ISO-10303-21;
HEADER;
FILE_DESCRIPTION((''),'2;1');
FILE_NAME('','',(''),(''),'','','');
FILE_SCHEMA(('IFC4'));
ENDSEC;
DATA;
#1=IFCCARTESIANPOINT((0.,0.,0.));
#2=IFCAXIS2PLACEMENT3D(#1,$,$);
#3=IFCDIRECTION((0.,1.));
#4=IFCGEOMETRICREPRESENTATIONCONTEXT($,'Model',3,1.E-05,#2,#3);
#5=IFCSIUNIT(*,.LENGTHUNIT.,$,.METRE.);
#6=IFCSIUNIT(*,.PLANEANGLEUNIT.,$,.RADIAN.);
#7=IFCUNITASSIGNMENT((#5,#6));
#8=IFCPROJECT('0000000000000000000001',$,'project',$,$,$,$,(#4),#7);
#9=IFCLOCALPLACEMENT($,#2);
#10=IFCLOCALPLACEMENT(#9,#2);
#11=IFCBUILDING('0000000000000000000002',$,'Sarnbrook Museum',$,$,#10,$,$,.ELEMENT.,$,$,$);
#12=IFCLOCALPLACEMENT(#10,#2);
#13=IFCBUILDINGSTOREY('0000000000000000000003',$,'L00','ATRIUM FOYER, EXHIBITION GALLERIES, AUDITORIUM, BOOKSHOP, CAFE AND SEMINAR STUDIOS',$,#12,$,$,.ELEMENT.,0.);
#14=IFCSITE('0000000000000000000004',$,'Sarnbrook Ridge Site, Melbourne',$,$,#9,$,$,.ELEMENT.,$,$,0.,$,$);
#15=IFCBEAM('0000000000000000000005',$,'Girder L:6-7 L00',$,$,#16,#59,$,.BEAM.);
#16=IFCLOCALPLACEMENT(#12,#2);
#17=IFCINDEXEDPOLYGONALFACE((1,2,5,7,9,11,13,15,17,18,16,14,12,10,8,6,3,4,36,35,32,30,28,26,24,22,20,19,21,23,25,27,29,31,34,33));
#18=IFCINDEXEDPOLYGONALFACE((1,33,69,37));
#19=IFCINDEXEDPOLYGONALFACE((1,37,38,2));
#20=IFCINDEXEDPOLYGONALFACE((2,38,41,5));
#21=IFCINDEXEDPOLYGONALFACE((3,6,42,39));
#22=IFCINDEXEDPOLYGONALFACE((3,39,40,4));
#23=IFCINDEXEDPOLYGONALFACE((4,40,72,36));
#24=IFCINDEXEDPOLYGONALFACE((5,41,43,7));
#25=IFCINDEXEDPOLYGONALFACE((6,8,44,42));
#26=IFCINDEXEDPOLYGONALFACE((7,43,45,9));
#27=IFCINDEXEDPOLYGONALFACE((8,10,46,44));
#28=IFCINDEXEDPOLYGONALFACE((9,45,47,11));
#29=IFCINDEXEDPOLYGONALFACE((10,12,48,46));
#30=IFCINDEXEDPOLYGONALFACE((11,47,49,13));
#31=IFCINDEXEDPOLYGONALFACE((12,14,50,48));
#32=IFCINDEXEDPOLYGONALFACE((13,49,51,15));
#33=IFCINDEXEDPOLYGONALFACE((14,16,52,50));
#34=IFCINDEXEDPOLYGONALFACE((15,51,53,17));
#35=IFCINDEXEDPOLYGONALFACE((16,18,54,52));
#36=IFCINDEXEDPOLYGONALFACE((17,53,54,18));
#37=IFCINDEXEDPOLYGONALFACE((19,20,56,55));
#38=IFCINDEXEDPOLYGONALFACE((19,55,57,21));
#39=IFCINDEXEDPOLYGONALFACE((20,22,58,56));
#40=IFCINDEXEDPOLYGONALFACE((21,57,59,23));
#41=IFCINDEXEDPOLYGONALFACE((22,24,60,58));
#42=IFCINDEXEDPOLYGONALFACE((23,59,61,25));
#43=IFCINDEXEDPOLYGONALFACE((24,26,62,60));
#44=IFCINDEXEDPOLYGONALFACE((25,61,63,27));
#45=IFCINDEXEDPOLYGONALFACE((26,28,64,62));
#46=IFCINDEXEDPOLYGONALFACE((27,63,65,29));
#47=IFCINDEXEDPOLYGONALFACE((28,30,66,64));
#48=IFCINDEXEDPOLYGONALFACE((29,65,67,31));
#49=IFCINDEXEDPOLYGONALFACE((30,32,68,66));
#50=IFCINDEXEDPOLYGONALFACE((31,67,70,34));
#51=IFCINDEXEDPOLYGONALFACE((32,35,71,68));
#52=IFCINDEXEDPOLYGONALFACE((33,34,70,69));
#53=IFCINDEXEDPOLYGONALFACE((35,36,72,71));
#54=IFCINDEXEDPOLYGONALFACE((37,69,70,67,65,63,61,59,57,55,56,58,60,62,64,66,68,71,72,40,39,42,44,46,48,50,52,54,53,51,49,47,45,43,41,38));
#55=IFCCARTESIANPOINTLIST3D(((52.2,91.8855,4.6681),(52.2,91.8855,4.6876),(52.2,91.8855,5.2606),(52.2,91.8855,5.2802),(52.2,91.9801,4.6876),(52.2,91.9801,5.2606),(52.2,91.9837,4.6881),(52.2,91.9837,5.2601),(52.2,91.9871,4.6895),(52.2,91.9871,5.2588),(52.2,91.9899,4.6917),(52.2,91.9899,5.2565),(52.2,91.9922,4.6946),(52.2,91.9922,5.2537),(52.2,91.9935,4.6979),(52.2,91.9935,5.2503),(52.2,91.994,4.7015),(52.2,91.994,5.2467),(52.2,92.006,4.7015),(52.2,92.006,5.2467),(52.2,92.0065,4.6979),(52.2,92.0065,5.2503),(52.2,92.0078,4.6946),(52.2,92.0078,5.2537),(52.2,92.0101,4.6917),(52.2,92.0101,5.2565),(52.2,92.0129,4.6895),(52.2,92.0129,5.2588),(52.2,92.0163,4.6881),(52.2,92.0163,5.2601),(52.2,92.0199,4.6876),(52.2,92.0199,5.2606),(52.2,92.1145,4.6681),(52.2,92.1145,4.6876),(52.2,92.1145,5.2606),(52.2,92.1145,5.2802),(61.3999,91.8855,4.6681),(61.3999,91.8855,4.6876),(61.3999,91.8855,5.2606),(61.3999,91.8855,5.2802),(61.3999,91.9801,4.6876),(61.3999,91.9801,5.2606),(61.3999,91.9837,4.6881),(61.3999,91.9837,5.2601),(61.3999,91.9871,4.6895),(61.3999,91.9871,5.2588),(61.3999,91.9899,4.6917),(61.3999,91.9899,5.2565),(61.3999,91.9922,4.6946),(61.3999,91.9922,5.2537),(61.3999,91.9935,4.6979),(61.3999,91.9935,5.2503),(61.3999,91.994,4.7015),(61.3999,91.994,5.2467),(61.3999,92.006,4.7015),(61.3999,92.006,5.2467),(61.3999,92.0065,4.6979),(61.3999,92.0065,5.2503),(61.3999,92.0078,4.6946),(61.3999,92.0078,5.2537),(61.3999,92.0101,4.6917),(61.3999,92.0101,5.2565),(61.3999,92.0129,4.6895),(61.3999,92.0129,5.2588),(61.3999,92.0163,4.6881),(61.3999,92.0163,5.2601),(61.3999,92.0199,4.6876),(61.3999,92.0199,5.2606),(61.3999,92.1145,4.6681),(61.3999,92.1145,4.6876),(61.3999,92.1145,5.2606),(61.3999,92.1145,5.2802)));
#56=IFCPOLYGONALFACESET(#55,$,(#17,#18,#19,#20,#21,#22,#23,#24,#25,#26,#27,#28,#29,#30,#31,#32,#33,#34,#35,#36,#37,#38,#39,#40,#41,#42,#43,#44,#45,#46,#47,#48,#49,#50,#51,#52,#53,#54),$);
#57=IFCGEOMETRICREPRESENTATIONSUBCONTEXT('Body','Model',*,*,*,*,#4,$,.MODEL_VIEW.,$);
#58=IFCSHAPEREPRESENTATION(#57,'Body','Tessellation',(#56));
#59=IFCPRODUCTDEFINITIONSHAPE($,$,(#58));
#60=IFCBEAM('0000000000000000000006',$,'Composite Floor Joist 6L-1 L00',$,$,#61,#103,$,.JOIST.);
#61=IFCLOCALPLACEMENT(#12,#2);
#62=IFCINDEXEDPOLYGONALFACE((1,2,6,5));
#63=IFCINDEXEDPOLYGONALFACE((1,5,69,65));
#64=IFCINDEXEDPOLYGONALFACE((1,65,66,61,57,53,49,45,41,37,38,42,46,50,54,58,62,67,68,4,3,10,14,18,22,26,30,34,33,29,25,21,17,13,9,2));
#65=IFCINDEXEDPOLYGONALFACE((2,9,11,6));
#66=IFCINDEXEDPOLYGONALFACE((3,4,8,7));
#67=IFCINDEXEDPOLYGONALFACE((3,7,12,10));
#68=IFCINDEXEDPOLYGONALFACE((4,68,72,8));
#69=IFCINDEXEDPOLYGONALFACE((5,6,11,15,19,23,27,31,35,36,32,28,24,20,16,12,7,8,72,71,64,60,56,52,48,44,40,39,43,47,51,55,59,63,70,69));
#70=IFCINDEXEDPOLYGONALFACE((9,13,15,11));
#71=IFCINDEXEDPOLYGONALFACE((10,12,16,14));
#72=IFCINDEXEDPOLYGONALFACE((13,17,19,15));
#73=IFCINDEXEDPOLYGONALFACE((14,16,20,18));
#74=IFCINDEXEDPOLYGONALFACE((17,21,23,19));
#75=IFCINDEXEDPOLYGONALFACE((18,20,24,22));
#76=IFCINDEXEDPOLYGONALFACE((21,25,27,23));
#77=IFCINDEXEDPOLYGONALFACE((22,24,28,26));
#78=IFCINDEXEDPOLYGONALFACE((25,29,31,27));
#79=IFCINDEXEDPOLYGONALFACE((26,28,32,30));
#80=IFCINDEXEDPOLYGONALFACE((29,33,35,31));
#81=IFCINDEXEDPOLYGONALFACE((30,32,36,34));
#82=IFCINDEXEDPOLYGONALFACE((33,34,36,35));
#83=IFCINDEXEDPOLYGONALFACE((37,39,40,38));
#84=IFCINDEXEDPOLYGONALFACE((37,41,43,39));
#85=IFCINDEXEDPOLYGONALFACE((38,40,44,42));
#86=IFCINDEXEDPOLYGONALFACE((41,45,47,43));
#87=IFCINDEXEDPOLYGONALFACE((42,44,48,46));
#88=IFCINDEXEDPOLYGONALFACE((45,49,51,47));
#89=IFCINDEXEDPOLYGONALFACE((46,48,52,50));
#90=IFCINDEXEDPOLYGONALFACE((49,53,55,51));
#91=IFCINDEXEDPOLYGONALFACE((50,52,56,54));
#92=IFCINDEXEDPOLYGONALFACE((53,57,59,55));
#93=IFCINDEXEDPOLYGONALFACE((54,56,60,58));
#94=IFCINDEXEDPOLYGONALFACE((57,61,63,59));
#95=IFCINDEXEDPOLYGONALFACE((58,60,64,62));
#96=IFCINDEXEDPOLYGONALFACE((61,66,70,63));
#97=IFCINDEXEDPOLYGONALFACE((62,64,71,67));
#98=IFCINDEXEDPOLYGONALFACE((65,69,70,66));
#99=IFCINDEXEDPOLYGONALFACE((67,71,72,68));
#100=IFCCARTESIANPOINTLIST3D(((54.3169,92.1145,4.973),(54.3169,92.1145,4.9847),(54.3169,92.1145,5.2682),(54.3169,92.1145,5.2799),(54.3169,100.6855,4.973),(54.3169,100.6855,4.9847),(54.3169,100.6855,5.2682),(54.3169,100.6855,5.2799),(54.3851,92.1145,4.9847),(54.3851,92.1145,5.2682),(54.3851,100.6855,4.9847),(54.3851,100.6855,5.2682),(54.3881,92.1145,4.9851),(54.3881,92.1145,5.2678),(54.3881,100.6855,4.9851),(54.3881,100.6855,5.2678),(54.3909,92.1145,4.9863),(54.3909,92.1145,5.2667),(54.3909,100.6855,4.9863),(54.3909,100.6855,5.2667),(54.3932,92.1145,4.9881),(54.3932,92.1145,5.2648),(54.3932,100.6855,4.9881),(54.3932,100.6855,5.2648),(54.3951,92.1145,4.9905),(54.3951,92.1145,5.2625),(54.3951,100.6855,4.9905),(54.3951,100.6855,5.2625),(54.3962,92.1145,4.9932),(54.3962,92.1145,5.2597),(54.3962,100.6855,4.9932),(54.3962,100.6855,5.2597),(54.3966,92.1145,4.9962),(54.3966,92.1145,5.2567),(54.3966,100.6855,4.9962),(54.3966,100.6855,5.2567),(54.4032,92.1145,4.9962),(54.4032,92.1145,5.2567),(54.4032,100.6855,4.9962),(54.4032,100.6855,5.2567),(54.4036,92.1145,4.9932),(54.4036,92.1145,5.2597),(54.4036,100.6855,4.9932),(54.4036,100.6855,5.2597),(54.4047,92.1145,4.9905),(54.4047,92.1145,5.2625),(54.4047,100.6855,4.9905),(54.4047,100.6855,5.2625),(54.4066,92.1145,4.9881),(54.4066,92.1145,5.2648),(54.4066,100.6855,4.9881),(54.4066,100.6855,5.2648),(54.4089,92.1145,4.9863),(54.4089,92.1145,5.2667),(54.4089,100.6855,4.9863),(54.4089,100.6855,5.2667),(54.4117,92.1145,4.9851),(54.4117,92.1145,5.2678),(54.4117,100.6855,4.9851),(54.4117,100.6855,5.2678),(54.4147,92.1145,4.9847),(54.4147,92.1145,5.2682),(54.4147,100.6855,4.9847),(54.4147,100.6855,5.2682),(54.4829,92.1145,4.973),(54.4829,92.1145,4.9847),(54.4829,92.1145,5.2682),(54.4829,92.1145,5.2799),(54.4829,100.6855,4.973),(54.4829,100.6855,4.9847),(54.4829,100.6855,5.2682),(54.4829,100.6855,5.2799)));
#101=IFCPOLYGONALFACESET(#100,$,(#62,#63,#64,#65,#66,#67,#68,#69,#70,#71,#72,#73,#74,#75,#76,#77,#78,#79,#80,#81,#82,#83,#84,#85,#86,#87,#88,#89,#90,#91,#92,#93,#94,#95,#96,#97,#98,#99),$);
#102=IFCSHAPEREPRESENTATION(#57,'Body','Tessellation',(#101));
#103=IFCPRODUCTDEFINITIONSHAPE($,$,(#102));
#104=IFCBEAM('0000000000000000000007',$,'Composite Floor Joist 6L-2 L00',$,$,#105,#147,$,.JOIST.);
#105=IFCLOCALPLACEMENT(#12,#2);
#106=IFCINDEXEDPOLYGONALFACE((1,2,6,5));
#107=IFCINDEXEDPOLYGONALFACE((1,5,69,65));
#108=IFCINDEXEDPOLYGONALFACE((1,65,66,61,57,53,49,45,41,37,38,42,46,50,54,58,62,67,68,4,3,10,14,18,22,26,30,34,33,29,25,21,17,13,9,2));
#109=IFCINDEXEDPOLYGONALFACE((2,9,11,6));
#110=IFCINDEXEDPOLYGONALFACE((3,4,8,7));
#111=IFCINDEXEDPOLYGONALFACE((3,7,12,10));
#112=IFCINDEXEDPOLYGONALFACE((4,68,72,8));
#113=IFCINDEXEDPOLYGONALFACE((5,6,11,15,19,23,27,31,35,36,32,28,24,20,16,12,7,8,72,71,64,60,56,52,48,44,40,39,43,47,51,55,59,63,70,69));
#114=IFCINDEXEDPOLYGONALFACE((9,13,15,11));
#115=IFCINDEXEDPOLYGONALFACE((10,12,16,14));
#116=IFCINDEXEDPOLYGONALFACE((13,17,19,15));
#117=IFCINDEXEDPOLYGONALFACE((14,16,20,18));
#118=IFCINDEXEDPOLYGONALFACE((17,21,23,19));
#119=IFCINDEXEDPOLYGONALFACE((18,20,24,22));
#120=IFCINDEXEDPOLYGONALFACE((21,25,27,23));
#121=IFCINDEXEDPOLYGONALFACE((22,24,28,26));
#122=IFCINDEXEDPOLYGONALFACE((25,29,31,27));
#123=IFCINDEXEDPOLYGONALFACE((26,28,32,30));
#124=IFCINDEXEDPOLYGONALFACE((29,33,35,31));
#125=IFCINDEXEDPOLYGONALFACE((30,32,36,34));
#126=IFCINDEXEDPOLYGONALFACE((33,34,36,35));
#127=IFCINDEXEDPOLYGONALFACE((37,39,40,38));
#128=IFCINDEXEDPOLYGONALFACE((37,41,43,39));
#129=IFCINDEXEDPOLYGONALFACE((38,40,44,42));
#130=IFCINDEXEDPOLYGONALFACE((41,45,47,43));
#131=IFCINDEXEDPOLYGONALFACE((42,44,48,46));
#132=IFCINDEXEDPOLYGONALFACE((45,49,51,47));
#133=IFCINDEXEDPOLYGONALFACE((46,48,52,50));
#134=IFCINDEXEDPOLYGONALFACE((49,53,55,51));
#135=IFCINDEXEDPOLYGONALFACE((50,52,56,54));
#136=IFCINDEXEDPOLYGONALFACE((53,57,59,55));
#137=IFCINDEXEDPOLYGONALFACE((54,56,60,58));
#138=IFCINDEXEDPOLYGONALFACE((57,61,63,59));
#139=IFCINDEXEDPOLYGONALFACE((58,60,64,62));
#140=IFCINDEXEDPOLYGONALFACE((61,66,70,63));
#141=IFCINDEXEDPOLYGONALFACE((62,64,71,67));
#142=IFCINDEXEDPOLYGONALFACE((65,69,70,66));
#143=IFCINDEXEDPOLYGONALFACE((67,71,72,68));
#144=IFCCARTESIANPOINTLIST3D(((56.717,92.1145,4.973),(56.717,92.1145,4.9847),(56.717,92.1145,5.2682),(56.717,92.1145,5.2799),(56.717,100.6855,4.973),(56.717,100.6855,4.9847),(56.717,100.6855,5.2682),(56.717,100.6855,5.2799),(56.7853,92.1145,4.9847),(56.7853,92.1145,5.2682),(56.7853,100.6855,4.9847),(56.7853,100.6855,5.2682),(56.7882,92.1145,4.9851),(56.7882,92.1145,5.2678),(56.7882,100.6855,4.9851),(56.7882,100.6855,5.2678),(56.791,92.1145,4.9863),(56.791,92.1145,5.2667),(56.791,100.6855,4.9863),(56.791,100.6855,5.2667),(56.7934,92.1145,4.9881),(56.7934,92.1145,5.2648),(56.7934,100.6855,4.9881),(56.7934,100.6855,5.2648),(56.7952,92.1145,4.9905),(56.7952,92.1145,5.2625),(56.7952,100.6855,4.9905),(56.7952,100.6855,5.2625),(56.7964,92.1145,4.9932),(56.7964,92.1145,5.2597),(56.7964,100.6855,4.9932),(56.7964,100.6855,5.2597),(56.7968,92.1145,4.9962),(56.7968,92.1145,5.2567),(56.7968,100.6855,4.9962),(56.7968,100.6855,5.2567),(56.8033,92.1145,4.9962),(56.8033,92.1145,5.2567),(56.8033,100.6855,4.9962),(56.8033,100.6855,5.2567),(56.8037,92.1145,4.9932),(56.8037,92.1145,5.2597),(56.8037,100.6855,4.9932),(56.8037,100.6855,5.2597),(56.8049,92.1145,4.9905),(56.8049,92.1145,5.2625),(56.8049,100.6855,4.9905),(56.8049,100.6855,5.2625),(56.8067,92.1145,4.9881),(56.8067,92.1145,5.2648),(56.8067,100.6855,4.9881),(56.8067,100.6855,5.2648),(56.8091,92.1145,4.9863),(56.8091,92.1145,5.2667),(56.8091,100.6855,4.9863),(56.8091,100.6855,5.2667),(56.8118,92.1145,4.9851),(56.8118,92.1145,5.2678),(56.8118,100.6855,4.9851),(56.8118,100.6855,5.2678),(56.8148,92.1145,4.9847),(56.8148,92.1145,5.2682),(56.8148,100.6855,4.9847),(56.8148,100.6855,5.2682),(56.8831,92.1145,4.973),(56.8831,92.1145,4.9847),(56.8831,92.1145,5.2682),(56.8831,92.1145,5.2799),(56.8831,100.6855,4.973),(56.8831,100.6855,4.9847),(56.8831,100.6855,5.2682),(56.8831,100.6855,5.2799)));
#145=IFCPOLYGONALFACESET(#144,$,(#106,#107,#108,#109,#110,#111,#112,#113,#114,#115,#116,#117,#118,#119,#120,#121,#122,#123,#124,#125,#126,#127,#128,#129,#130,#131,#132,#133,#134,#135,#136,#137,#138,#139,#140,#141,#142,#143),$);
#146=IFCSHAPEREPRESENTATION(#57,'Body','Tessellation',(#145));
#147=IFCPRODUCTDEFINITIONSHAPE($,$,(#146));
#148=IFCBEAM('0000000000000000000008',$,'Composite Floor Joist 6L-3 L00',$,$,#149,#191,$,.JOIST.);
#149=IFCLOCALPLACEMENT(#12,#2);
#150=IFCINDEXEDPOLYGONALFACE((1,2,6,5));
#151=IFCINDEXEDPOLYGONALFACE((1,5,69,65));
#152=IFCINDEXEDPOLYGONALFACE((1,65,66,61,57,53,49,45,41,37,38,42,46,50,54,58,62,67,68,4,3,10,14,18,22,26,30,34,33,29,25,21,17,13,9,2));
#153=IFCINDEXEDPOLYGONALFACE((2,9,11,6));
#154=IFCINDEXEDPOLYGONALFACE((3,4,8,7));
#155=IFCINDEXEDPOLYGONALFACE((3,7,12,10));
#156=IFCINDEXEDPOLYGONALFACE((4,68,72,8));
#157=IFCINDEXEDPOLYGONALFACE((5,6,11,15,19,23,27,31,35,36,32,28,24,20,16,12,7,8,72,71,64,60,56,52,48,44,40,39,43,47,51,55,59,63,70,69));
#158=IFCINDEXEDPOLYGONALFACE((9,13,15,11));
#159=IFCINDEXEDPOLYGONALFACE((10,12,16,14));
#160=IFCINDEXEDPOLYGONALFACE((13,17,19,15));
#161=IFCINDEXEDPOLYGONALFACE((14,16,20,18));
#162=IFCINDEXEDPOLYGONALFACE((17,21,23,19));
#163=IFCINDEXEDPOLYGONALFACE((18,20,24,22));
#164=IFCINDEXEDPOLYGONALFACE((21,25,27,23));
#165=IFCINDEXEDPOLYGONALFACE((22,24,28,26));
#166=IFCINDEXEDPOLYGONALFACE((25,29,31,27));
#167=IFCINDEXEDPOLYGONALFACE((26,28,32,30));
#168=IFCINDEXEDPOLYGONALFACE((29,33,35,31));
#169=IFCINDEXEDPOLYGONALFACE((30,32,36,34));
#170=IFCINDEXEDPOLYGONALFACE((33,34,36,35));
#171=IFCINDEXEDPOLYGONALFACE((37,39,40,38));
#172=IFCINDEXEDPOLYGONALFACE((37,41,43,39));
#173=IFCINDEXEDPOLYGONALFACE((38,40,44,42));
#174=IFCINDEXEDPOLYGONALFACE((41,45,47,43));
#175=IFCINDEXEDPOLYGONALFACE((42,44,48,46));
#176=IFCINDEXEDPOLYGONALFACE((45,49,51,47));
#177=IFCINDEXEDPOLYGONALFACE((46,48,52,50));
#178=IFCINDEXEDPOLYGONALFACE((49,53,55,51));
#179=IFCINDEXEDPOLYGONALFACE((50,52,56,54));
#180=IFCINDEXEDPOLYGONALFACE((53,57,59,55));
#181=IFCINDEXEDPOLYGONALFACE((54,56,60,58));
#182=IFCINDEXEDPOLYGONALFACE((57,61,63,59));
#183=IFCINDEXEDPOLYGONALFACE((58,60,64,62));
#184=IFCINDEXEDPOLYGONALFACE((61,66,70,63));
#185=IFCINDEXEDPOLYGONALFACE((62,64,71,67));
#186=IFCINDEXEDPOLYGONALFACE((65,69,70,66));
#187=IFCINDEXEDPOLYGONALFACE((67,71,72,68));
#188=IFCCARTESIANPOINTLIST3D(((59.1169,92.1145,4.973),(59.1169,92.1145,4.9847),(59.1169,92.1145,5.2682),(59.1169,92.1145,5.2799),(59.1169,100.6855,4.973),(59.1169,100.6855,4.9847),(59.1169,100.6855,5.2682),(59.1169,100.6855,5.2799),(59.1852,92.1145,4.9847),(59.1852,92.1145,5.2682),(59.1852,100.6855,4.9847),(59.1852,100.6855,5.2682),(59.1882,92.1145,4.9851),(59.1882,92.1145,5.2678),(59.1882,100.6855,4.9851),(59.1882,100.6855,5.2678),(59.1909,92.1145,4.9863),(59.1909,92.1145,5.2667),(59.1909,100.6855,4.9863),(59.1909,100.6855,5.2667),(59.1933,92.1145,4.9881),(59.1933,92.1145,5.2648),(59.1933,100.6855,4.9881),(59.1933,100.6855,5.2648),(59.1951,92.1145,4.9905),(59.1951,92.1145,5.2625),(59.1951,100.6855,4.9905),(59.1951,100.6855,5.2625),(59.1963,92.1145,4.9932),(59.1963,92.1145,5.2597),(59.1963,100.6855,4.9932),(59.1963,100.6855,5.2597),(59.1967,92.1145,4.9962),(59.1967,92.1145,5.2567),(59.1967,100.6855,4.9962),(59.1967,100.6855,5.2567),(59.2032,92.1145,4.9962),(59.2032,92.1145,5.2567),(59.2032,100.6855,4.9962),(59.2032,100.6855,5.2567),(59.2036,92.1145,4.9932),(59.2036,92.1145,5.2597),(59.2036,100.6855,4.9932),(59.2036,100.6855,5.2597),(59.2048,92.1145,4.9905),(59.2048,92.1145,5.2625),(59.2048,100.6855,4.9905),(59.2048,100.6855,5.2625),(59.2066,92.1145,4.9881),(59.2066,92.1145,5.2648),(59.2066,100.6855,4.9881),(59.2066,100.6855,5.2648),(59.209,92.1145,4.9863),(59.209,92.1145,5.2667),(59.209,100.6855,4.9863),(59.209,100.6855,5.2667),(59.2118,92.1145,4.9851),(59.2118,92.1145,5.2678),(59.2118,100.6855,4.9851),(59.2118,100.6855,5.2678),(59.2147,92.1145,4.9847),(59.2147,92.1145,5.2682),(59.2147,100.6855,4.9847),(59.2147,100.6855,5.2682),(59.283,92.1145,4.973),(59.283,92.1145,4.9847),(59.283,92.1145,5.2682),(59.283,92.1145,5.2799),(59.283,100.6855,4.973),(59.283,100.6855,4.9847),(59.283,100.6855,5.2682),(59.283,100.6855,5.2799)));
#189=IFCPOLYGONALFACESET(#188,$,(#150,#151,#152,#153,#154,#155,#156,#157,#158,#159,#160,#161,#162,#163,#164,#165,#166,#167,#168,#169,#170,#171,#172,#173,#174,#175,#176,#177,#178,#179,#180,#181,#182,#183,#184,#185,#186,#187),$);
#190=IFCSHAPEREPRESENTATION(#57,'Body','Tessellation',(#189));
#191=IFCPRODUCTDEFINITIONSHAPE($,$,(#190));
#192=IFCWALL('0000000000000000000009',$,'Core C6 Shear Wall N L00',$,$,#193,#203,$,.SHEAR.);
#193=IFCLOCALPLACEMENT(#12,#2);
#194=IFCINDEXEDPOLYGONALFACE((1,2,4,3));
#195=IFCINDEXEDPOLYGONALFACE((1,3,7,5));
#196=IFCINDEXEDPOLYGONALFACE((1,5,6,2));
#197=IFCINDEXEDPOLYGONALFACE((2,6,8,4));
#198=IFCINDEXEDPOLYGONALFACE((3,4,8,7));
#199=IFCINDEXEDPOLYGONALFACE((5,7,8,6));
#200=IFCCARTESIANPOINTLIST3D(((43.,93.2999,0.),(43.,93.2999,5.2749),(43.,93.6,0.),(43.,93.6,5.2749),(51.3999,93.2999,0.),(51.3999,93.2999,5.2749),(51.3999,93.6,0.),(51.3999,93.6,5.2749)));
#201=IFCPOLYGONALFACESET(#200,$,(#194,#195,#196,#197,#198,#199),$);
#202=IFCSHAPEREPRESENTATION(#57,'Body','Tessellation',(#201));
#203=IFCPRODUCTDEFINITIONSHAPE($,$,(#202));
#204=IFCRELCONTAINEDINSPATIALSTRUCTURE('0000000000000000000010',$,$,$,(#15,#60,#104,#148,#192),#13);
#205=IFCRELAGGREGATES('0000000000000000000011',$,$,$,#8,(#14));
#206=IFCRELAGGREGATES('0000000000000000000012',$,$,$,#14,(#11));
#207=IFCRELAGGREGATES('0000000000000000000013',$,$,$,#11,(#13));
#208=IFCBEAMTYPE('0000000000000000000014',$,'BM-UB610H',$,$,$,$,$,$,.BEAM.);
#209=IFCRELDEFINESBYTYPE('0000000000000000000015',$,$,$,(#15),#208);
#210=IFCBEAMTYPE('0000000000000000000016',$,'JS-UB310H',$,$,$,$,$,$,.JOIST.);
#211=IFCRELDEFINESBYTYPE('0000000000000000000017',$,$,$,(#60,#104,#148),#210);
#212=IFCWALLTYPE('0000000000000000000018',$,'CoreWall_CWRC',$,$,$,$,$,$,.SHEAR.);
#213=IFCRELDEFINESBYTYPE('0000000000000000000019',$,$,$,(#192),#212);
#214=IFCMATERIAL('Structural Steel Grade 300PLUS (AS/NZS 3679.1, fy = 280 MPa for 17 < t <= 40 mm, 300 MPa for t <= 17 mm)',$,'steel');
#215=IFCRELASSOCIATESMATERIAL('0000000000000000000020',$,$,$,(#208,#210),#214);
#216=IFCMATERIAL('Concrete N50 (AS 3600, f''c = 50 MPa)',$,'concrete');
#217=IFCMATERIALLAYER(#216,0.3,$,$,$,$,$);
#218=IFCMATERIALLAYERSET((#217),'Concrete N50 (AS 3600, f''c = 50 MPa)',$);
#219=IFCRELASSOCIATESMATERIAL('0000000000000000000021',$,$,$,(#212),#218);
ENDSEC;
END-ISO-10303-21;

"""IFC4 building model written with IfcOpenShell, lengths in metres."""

from ifc_helpers import new_model, si_unit, direction, frame, frame_2d, origin, origin_2d, place, context, subcontext, project, spatial, rectangle, i_section, extrude, material, layer, layer_set, material_profile, profile_set, type_object, element, save


model = new_model("IFC4")

# Units and contexts
model_context = context("Model", 3, precision=1e-05, world=origin(), true_north=direction((0.0, 1.0)))
body_context = subcontext(model_context, "Body", "Model", "MODEL_VIEW")
ifc_project = project(units=[si_unit("LENGTHUNIT", "METRE"), si_unit("PLANEANGLEUNIT", "RADIAN")], contexts=[model_context])

# Site, building, storey
site_placement = place(None, origin())
site = spatial("IfcSite", under=ifc_project, at=site_placement, Name="Sarnbrook Ridge Site, Melbourne", CompositionType="ELEMENT", RefElevation=0.0)
building_placement = place(site_placement, origin())
building = spatial("IfcBuilding", under=site, at=building_placement, Name="Sarnbrook Museum", CompositionType="ELEMENT")
storey_placement = place(building_placement, origin())
storey = spatial("IfcBuildingStorey", under=building, at=storey_placement, Name="L00", Description="ATRIUM FOYER, EXHIBITION GALLERIES, AUDITORIUM, BOOKSHOP, CAFE AND SEMINAR STUDIOS", CompositionType="ELEMENT", Elevation=0.0)

# Beams
ifc_material_1 = material(Name="Structural Steel Grade 300PLUS (AS/NZS 3679.1, fy = 280 MPa for 17 < t <= 40 mm, 300 MPa for t <= 17 mm)", Category="steel")
ifc_material_profile_1 = material_profile(ifc_material_1, i_section(OverallWidth=0.229, OverallDepth=0.6121, WebThickness=0.012, FlangeThickness=0.0195, FilletRadius=0.0139, at=origin_2d()), Name="610UB125")
ifc_profile_set_1 = profile_set([ifc_material_profile_1], Name="Structural Steel Grade 300PLUS (AS/NZS 3679.1, fy = 280 MPa for 17 < t <= 40 mm, 300 MPa for t <= 17 mm)")
beam_type_1 = type_object("IfcBeamType", Name="BM-UB610H", PredefinedType="BEAM", material=ifc_profile_set_1)
beam_placement = place(storey_placement, frame((52.2, 92.0, 4.9741), z_axis=(1.0, 0.0, 0.0), x_axis=(0.0, 1.0, 0.0)))
element("IfcBeam", 1, at=beam_placement, inside=storey, type_object=beam_type_1, Name="Girder L:6-7 L00", PredefinedType="BEAM", context=body_context, shape_type="SweptSolid", body=[
    extrude(i_section(OverallWidth=0.229, OverallDepth=0.6121, WebThickness=0.012, FlangeThickness=0.0195, FilletRadius=0.0139, at=origin_2d()), origin(), (0.0, 0.0, 1.0), 9.2),
])
ifc_material_profile_2 = material_profile(ifc_material_1, i_section(OverallWidth=0.166, OverallDepth=0.3069, WebThickness=0.0066, FlangeThickness=0.0117, FilletRadius=0.0115, at=origin_2d()), Name="310UB46.2")
ifc_profile_set_2 = profile_set([ifc_material_profile_2], Name="Structural Steel Grade 300PLUS (AS/NZS 3679.1, fy = 280 MPa for 17 < t <= 40 mm, 300 MPa for t <= 17 mm)")
beam_type_2 = type_object("IfcBeamType", Name="JS-UB310H", PredefinedType="JOIST", material=ifc_profile_set_2)
for number, where, z_axis, x_axis, name in (
    (2, (54.3999, 92.1145, 5.1265), (0.0, 1.0, 0.0), (-1.0, 0.0, 0.0), "Composite Floor Joist 6L-1 L00"),
    (3, (56.8, 92.1145, 5.1265), (0.0, 1.0, 0.0), (-1.0, 0.0, 0.0), "Composite Floor Joist 6L-2 L00"),
    (4, (59.2, 92.1145, 5.1265), (0.0, 1.0, 0.0), (-1.0, 0.0, 0.0), "Composite Floor Joist 6L-3 L00"),
):
    element("IfcBeam", number, at=place(storey_placement, frame(where, z_axis=z_axis, x_axis=x_axis)), inside=storey, type_object=beam_type_2, Name=name, PredefinedType="JOIST", context=body_context, shape_type="SweptSolid", body=[
        extrude(i_section(OverallWidth=0.166, OverallDepth=0.3069, WebThickness=0.0066, FlangeThickness=0.0117, FilletRadius=0.0115, at=origin_2d()), origin(), (0.0, 0.0, 1.0), 8.571),
    ])

# Wall
ifc_material_2 = material(Name="Concrete N50 (AS 3600, f'c = 50 MPa)", Category="concrete")
ifc_layer_1 = layer(ifc_material_2, 0.3)
ifc_layer_set_1 = layer_set([ifc_layer_1], Name="Concrete N50 (AS 3600, f'c = 50 MPa)")
wall_type_1 = type_object("IfcWallType", Name="CoreWall_CWRC", PredefinedType="SHEAR", material=ifc_layer_set_1)
wall_1_placement = place(storey_placement, frame((51.3999, 93.45, 0.0), z_axis=(0.0, 0.0, 1.0), x_axis=(-1.0, 0.0, 0.0)))
element("IfcWall", 5, at=wall_1_placement, inside=storey, type_object=wall_type_1, Name="Core C6 Shear Wall N L00", PredefinedType="SHEAR", context=body_context, shape_type="SweptSolid", body=[
    extrude(rectangle(XDim=8.3999, YDim=0.3, at=frame_2d((4.2, 0.0))), origin(), (0.0, 0.0, 1.0), 5.2749),
])

save(model, "model.ifc")
